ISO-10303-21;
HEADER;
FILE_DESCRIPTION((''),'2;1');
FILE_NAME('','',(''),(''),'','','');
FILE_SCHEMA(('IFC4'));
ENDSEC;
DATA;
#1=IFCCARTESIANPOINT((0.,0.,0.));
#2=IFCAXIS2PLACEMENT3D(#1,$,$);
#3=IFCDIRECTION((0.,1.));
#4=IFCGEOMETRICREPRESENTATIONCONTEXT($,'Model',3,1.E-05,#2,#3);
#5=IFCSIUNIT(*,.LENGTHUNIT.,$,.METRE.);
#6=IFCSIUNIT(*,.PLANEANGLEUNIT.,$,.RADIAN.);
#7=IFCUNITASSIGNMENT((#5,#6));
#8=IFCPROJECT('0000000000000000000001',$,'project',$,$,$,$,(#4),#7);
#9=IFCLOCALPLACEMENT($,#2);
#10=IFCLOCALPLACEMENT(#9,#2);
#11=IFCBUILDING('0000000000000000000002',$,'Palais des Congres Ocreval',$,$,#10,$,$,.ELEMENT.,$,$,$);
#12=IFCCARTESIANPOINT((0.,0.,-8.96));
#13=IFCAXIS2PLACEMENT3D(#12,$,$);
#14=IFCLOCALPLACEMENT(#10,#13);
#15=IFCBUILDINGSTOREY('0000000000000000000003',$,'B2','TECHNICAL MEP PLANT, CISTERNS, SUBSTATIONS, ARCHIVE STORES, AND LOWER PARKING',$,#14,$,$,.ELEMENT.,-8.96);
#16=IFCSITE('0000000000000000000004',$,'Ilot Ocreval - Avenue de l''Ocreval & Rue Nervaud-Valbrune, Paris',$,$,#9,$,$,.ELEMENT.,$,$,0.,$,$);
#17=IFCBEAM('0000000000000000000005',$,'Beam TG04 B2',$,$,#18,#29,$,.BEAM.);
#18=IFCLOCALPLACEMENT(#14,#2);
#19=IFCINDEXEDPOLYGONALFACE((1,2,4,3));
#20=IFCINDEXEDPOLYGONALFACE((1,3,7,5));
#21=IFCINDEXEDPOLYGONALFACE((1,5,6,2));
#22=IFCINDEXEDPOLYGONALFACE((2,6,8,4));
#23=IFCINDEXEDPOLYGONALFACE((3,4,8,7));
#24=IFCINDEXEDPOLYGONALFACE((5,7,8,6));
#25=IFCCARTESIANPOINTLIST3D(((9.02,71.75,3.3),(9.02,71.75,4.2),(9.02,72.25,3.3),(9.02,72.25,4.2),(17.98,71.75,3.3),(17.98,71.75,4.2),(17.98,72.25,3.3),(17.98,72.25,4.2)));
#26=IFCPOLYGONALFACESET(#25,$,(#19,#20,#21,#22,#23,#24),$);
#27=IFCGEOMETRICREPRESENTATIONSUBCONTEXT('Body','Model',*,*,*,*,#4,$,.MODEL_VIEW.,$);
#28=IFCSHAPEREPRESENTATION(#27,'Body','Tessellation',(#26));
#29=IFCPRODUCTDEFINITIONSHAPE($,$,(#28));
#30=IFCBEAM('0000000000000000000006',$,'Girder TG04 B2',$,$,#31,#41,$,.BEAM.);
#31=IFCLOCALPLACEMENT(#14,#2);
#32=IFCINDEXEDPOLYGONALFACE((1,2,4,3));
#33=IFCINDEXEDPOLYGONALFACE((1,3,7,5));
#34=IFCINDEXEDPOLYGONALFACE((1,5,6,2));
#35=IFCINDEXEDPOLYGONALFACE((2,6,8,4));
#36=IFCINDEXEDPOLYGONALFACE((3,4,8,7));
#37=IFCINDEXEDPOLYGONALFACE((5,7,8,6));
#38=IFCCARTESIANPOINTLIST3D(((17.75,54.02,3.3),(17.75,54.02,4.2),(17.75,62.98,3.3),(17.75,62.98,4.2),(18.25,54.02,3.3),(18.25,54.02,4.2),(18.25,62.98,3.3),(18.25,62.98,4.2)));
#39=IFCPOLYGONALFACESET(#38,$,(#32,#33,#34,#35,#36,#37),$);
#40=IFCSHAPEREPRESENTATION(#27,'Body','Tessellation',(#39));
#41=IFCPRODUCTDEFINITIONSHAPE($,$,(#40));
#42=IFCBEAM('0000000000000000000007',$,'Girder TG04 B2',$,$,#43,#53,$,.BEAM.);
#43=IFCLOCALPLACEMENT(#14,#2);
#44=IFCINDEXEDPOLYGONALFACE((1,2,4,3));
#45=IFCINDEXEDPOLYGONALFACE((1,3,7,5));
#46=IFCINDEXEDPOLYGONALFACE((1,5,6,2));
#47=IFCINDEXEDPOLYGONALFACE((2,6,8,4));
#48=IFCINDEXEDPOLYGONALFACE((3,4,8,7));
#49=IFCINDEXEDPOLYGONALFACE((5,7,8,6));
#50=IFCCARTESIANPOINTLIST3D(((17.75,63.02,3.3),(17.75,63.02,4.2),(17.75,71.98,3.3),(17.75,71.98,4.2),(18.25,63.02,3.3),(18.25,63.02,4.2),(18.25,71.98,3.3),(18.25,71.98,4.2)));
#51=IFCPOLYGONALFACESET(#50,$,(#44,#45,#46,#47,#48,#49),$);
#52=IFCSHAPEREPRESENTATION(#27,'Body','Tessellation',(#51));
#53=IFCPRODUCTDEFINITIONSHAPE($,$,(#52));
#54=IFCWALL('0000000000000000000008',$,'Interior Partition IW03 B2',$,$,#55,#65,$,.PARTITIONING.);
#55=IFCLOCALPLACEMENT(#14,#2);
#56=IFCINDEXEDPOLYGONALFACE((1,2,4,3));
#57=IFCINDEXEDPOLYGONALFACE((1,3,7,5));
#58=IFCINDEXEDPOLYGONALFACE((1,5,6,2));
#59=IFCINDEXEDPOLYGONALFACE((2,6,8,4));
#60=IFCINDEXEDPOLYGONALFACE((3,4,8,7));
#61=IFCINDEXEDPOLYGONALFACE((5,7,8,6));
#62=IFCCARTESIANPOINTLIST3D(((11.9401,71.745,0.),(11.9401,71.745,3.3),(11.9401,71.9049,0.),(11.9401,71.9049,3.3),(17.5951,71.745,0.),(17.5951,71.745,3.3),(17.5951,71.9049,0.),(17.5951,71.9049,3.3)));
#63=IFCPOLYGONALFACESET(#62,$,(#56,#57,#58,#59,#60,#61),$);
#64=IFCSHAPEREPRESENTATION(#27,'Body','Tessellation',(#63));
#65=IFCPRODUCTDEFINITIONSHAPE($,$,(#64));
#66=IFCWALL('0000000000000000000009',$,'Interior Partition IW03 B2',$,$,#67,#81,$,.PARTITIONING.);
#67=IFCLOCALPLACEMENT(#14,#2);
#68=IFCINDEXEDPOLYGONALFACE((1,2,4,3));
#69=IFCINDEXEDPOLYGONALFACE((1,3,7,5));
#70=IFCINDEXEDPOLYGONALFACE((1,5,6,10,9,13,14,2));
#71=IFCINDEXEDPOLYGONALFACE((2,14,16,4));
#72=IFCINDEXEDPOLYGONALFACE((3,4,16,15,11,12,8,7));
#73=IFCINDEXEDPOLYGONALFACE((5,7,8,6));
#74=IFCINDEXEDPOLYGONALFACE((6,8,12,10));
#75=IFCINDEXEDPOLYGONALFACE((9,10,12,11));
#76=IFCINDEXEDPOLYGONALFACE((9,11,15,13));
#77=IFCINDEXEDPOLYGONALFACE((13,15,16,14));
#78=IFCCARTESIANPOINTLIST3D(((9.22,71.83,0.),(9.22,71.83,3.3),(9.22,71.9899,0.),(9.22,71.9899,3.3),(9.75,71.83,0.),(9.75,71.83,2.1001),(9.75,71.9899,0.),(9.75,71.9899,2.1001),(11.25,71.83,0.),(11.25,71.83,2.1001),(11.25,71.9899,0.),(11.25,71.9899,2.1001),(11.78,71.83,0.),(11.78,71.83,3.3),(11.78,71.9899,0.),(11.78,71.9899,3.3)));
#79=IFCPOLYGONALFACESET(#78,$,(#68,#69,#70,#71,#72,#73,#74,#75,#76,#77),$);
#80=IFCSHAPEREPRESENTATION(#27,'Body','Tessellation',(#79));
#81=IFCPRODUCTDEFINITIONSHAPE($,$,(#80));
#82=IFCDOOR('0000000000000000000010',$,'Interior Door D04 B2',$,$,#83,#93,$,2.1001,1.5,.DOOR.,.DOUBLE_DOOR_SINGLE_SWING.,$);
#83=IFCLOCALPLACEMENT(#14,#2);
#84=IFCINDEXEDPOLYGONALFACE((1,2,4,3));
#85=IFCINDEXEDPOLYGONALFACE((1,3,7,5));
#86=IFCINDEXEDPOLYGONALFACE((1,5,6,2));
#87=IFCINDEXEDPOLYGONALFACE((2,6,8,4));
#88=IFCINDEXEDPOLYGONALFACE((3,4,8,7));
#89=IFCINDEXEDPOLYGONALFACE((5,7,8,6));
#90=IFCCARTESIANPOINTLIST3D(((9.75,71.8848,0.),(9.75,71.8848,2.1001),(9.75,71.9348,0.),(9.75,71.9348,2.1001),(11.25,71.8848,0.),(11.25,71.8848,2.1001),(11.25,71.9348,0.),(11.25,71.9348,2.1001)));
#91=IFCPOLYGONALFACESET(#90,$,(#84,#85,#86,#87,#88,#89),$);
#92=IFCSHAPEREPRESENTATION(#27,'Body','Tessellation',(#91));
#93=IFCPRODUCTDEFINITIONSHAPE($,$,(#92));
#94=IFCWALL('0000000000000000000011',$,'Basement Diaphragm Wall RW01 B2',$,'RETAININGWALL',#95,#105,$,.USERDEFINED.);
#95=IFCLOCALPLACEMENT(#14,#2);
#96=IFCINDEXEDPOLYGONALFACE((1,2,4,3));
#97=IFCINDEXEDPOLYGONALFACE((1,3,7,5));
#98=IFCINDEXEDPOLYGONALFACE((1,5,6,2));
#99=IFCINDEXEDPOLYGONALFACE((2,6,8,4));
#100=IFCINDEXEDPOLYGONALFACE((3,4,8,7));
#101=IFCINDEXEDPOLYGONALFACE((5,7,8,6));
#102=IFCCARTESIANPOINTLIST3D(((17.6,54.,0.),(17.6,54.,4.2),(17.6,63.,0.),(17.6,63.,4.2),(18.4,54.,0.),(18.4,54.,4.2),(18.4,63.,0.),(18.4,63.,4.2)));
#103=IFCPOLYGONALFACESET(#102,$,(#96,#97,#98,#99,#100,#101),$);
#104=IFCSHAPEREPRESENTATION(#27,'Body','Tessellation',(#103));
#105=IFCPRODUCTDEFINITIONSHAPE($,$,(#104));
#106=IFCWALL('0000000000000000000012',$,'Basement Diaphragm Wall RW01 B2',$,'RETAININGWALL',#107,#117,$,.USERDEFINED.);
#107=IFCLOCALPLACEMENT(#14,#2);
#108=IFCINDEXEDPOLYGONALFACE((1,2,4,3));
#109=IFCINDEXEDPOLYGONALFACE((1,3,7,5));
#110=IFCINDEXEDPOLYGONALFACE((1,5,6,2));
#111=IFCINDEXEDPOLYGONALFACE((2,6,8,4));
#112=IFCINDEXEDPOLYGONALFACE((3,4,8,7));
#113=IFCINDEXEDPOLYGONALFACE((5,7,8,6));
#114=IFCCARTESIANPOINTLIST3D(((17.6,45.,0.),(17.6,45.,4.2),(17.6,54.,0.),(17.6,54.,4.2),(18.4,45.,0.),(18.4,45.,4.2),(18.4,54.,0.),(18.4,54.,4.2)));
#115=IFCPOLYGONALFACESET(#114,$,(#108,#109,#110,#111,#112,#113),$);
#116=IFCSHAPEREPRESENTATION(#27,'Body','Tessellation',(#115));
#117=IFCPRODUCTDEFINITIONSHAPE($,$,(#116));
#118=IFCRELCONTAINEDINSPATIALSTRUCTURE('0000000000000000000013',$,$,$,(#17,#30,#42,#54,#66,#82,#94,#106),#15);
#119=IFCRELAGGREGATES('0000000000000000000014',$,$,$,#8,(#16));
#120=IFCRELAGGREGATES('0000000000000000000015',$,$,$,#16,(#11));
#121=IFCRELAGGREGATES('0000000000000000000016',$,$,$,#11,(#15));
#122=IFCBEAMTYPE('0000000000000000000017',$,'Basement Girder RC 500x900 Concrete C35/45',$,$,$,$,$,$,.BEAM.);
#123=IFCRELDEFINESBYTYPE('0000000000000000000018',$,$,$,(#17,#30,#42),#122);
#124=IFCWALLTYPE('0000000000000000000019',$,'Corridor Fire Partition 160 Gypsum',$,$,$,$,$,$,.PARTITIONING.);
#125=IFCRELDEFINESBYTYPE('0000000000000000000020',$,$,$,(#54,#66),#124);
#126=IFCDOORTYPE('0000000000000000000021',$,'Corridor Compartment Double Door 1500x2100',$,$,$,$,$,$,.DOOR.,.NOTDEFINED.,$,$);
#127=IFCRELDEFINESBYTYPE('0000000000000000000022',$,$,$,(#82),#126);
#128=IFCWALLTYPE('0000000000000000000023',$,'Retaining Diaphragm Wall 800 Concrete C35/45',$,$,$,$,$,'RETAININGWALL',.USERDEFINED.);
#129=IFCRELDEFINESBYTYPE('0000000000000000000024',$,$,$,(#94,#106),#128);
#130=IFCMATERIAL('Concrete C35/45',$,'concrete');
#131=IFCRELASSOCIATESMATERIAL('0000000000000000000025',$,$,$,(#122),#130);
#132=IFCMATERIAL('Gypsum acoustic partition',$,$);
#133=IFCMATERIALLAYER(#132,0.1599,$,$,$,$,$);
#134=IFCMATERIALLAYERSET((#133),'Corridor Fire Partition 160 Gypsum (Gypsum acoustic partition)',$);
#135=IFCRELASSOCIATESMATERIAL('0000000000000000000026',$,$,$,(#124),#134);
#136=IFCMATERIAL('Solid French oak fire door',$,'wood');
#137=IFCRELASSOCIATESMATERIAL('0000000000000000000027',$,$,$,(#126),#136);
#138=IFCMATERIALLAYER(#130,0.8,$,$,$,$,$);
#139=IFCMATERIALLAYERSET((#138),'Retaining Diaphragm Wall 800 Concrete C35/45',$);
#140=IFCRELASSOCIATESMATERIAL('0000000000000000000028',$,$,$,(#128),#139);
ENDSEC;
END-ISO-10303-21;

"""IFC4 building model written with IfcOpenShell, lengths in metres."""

from ifc_helpers import new_model, si_unit, direction, frame, frame_2d, origin, origin_2d, place, context, subcontext, project, spatial, rectangle, extrude, material, layer, layer_set, material_profile, profile_set, type_object, element, fill, save


model = new_model("IFC4")

# Units and contexts
model_context = context("Model", 3, precision=1e-05, world=origin(), true_north=direction((0.0, 1.0)))
body_context = subcontext(model_context, "Body", "Model", "MODEL_VIEW")
ifc_project = project(units=[si_unit("LENGTHUNIT", "METRE"), si_unit("PLANEANGLEUNIT", "RADIAN")], contexts=[model_context])

# Site, building, storey
site_placement = place(None, origin())
site = spatial("IfcSite", under=ifc_project, at=site_placement, Name="Ilot Ocreval - Avenue de l'Ocreval & Rue Nervaud-Valbrune, Paris", CompositionType="ELEMENT", RefElevation=0.0)
building_placement = place(site_placement, origin())
building = spatial("IfcBuilding", under=site, at=building_placement, Name="Palais des Congres Ocreval", CompositionType="ELEMENT")
storey_placement = place(building_placement, frame((0.0, 0.0, -8.96)))
storey = spatial("IfcBuildingStorey", under=building, at=storey_placement, Name="B2", Description="TECHNICAL MEP PLANT, CISTERNS, SUBSTATIONS, ARCHIVE STORES, AND LOWER PARKING", CompositionType="ELEMENT", Elevation=-8.96)

# Shared definitions
ifc_material_1 = material(Name="Concrete C35/45", Category="concrete")

# Beams
ifc_material_profile_1 = material_profile(ifc_material_1, rectangle(XDim=0.5, YDim=0.8999, at=origin_2d()), Name="RC 500x900")
ifc_profile_set_1 = profile_set([ifc_material_profile_1], Name="Concrete C35/45")
beam_type = type_object("IfcBeamType", Name="Basement Girder RC 500x900 Concrete C35/45", PredefinedType="BEAM", material=ifc_profile_set_1)
for number, where, z_axis, x_axis, name in (
    (1, (9.02, 72.0, 3.75), (1.0, 0.0, 0.0), (0.0, 1.0, 0.0), "Beam TG04 B2"),
    (2, (18.0, 54.02, 3.75), (0.0, 1.0, 0.0), (-1.0, 0.0, 0.0), "Girder TG04 B2"),
    (3, (18.0, 63.02, 3.75), (0.0, 1.0, 0.0), (-1.0, 0.0, 0.0), "Girder TG04 B2"),
):
    element("IfcBeam", number, at=place(storey_placement, frame(where, z_axis=z_axis, x_axis=x_axis)), inside=storey, type_object=beam_type, Name=name, PredefinedType="BEAM", context=body_context, shape_type="SweptSolid", body=[
        extrude(rectangle(XDim=0.5, YDim=0.8999, at=origin_2d()), origin(), (0.0, 0.0, 1.0), 8.96),
    ])

# Wall
ifc_material_2 = material(Name="Gypsum acoustic partition")
ifc_layer_1 = layer(ifc_material_2, 0.1599)
ifc_layer_set_1 = layer_set([ifc_layer_1], Name="Corridor Fire Partition 160 Gypsum (Gypsum acoustic partition)")
wall_type_1 = type_object("IfcWallType", Name="Corridor Fire Partition 160 Gypsum", PredefinedType="PARTITIONING", material=ifc_layer_set_1)
wall_1_placement = place(storey_placement, frame((11.9399, 71.825, 0.0), z_axis=(0.0, 0.0, 1.0), x_axis=(1.0, 0.0, 0.0)))
element("IfcWall", 4, at=wall_1_placement, inside=storey, type_object=wall_type_1, Name="Interior Partition IW03 B2", PredefinedType="PARTITIONING", context=body_context, shape_type="SweptSolid", body=[
    extrude(rectangle(XDim=5.655, YDim=0.1599, at=frame_2d((2.8276, 0.0))), origin(), (0.0, 0.0, 1.0), 3.3),
])

# Wall, opening, door
wall_2_placement = place(storey_placement, frame((9.22, 71.9099, 0.0), z_axis=(0.0, 0.0, 1.0), x_axis=(1.0, 0.0, 0.0)))
wall_2 = element("IfcWall", 5, at=wall_2_placement, inside=storey, type_object=wall_type_1, Name="Interior Partition IW03 B2", PredefinedType="PARTITIONING", context=body_context, shape_type="SweptSolid", body=[
    extrude(rectangle(XDim=2.5601, YDim=0.1599, at=frame_2d((1.28, 0.0))), origin(), (0.0, 0.0, 1.0), 3.3),
])
opening_placement = place(wall_2_placement, frame((0.53, 0.0, 0.0)))
opening = element("IfcOpeningElement", 6, at=opening_placement, cuts=wall_2, PredefinedType="OPENING", context=body_context, shape_type="SweptSolid", body=[
    extrude(rectangle(XDim=1.5, YDim=2.1001, at=frame_2d((0.75, 1.05))), frame((0.0, 0.0898, 0.0), z_axis=(0.0, -1.0, 0.0), x_axis=(1.0, 0.0, 0.0)), (0.0, 0.0, 1.0), 0.1799),
])
ifc_material_3 = material(Name="Solid French oak fire door", Category="wood")
door_type = type_object("IfcDoorType", Name="Corridor Compartment Double Door 1500x2100", OperationType="NOTDEFINED", PredefinedType="DOOR", material=ifc_material_3)
door_placement = place(opening_placement, origin())
door = element("IfcDoor", 7, at=door_placement, inside=storey, type_object=door_type, Name="Interior Door D04 B2", OperationType="DOUBLE_DOOR_SINGLE_SWING", OverallHeight=2.1001, OverallWidth=1.5, PredefinedType="DOOR", context=body_context, shape_type="SweptSolid", body=[
    extrude(rectangle(XDim=1.5, YDim=2.1001, at=frame_2d((0.75, 1.05))), frame((0.0, 0.0249, 0.0), z_axis=(0.0, -1.0, 0.0), x_axis=(1.0, 0.0, 0.0)), (0.0, 0.0, 1.0), 0.05),
])
fill(opening, door)

# Walls
ifc_layer_2 = layer(ifc_material_1, 0.8)
ifc_layer_set_2 = layer_set([ifc_layer_2], Name="Retaining Diaphragm Wall 800 Concrete C35/45")
wall_type_2 = type_object("IfcWallType", Name="Retaining Diaphragm Wall 800 Concrete C35/45", ElementType="RETAININGWALL", PredefinedType="USERDEFINED", material=ifc_layer_set_2)
for number, where, z_axis, x_axis, name in (
    (8, (18.0, 63.0, 0.0), (0.0, 0.0, 1.0), (0.0, -1.0, 0.0), "Basement Diaphragm Wall RW01 B2"),
    (9, (18.0, 54.0, 0.0), (0.0, 0.0, 1.0), (0.0, -1.0, 0.0), "Basement Diaphragm Wall RW01 B2"),
):
    element("IfcWall", number, at=place(storey_placement, frame(where, z_axis=z_axis, x_axis=x_axis)), inside=storey, type_object=wall_type_2, Name=name, ObjectType="RETAININGWALL", PredefinedType="USERDEFINED", context=body_context, shape_type="SweptSolid", body=[
        extrude(rectangle(XDim=9.0, YDim=0.8, at=frame_2d((4.5, 0.0))), origin(), (0.0, 0.0, 1.0), 4.2),
    ])

save(model, "model.ifc")
